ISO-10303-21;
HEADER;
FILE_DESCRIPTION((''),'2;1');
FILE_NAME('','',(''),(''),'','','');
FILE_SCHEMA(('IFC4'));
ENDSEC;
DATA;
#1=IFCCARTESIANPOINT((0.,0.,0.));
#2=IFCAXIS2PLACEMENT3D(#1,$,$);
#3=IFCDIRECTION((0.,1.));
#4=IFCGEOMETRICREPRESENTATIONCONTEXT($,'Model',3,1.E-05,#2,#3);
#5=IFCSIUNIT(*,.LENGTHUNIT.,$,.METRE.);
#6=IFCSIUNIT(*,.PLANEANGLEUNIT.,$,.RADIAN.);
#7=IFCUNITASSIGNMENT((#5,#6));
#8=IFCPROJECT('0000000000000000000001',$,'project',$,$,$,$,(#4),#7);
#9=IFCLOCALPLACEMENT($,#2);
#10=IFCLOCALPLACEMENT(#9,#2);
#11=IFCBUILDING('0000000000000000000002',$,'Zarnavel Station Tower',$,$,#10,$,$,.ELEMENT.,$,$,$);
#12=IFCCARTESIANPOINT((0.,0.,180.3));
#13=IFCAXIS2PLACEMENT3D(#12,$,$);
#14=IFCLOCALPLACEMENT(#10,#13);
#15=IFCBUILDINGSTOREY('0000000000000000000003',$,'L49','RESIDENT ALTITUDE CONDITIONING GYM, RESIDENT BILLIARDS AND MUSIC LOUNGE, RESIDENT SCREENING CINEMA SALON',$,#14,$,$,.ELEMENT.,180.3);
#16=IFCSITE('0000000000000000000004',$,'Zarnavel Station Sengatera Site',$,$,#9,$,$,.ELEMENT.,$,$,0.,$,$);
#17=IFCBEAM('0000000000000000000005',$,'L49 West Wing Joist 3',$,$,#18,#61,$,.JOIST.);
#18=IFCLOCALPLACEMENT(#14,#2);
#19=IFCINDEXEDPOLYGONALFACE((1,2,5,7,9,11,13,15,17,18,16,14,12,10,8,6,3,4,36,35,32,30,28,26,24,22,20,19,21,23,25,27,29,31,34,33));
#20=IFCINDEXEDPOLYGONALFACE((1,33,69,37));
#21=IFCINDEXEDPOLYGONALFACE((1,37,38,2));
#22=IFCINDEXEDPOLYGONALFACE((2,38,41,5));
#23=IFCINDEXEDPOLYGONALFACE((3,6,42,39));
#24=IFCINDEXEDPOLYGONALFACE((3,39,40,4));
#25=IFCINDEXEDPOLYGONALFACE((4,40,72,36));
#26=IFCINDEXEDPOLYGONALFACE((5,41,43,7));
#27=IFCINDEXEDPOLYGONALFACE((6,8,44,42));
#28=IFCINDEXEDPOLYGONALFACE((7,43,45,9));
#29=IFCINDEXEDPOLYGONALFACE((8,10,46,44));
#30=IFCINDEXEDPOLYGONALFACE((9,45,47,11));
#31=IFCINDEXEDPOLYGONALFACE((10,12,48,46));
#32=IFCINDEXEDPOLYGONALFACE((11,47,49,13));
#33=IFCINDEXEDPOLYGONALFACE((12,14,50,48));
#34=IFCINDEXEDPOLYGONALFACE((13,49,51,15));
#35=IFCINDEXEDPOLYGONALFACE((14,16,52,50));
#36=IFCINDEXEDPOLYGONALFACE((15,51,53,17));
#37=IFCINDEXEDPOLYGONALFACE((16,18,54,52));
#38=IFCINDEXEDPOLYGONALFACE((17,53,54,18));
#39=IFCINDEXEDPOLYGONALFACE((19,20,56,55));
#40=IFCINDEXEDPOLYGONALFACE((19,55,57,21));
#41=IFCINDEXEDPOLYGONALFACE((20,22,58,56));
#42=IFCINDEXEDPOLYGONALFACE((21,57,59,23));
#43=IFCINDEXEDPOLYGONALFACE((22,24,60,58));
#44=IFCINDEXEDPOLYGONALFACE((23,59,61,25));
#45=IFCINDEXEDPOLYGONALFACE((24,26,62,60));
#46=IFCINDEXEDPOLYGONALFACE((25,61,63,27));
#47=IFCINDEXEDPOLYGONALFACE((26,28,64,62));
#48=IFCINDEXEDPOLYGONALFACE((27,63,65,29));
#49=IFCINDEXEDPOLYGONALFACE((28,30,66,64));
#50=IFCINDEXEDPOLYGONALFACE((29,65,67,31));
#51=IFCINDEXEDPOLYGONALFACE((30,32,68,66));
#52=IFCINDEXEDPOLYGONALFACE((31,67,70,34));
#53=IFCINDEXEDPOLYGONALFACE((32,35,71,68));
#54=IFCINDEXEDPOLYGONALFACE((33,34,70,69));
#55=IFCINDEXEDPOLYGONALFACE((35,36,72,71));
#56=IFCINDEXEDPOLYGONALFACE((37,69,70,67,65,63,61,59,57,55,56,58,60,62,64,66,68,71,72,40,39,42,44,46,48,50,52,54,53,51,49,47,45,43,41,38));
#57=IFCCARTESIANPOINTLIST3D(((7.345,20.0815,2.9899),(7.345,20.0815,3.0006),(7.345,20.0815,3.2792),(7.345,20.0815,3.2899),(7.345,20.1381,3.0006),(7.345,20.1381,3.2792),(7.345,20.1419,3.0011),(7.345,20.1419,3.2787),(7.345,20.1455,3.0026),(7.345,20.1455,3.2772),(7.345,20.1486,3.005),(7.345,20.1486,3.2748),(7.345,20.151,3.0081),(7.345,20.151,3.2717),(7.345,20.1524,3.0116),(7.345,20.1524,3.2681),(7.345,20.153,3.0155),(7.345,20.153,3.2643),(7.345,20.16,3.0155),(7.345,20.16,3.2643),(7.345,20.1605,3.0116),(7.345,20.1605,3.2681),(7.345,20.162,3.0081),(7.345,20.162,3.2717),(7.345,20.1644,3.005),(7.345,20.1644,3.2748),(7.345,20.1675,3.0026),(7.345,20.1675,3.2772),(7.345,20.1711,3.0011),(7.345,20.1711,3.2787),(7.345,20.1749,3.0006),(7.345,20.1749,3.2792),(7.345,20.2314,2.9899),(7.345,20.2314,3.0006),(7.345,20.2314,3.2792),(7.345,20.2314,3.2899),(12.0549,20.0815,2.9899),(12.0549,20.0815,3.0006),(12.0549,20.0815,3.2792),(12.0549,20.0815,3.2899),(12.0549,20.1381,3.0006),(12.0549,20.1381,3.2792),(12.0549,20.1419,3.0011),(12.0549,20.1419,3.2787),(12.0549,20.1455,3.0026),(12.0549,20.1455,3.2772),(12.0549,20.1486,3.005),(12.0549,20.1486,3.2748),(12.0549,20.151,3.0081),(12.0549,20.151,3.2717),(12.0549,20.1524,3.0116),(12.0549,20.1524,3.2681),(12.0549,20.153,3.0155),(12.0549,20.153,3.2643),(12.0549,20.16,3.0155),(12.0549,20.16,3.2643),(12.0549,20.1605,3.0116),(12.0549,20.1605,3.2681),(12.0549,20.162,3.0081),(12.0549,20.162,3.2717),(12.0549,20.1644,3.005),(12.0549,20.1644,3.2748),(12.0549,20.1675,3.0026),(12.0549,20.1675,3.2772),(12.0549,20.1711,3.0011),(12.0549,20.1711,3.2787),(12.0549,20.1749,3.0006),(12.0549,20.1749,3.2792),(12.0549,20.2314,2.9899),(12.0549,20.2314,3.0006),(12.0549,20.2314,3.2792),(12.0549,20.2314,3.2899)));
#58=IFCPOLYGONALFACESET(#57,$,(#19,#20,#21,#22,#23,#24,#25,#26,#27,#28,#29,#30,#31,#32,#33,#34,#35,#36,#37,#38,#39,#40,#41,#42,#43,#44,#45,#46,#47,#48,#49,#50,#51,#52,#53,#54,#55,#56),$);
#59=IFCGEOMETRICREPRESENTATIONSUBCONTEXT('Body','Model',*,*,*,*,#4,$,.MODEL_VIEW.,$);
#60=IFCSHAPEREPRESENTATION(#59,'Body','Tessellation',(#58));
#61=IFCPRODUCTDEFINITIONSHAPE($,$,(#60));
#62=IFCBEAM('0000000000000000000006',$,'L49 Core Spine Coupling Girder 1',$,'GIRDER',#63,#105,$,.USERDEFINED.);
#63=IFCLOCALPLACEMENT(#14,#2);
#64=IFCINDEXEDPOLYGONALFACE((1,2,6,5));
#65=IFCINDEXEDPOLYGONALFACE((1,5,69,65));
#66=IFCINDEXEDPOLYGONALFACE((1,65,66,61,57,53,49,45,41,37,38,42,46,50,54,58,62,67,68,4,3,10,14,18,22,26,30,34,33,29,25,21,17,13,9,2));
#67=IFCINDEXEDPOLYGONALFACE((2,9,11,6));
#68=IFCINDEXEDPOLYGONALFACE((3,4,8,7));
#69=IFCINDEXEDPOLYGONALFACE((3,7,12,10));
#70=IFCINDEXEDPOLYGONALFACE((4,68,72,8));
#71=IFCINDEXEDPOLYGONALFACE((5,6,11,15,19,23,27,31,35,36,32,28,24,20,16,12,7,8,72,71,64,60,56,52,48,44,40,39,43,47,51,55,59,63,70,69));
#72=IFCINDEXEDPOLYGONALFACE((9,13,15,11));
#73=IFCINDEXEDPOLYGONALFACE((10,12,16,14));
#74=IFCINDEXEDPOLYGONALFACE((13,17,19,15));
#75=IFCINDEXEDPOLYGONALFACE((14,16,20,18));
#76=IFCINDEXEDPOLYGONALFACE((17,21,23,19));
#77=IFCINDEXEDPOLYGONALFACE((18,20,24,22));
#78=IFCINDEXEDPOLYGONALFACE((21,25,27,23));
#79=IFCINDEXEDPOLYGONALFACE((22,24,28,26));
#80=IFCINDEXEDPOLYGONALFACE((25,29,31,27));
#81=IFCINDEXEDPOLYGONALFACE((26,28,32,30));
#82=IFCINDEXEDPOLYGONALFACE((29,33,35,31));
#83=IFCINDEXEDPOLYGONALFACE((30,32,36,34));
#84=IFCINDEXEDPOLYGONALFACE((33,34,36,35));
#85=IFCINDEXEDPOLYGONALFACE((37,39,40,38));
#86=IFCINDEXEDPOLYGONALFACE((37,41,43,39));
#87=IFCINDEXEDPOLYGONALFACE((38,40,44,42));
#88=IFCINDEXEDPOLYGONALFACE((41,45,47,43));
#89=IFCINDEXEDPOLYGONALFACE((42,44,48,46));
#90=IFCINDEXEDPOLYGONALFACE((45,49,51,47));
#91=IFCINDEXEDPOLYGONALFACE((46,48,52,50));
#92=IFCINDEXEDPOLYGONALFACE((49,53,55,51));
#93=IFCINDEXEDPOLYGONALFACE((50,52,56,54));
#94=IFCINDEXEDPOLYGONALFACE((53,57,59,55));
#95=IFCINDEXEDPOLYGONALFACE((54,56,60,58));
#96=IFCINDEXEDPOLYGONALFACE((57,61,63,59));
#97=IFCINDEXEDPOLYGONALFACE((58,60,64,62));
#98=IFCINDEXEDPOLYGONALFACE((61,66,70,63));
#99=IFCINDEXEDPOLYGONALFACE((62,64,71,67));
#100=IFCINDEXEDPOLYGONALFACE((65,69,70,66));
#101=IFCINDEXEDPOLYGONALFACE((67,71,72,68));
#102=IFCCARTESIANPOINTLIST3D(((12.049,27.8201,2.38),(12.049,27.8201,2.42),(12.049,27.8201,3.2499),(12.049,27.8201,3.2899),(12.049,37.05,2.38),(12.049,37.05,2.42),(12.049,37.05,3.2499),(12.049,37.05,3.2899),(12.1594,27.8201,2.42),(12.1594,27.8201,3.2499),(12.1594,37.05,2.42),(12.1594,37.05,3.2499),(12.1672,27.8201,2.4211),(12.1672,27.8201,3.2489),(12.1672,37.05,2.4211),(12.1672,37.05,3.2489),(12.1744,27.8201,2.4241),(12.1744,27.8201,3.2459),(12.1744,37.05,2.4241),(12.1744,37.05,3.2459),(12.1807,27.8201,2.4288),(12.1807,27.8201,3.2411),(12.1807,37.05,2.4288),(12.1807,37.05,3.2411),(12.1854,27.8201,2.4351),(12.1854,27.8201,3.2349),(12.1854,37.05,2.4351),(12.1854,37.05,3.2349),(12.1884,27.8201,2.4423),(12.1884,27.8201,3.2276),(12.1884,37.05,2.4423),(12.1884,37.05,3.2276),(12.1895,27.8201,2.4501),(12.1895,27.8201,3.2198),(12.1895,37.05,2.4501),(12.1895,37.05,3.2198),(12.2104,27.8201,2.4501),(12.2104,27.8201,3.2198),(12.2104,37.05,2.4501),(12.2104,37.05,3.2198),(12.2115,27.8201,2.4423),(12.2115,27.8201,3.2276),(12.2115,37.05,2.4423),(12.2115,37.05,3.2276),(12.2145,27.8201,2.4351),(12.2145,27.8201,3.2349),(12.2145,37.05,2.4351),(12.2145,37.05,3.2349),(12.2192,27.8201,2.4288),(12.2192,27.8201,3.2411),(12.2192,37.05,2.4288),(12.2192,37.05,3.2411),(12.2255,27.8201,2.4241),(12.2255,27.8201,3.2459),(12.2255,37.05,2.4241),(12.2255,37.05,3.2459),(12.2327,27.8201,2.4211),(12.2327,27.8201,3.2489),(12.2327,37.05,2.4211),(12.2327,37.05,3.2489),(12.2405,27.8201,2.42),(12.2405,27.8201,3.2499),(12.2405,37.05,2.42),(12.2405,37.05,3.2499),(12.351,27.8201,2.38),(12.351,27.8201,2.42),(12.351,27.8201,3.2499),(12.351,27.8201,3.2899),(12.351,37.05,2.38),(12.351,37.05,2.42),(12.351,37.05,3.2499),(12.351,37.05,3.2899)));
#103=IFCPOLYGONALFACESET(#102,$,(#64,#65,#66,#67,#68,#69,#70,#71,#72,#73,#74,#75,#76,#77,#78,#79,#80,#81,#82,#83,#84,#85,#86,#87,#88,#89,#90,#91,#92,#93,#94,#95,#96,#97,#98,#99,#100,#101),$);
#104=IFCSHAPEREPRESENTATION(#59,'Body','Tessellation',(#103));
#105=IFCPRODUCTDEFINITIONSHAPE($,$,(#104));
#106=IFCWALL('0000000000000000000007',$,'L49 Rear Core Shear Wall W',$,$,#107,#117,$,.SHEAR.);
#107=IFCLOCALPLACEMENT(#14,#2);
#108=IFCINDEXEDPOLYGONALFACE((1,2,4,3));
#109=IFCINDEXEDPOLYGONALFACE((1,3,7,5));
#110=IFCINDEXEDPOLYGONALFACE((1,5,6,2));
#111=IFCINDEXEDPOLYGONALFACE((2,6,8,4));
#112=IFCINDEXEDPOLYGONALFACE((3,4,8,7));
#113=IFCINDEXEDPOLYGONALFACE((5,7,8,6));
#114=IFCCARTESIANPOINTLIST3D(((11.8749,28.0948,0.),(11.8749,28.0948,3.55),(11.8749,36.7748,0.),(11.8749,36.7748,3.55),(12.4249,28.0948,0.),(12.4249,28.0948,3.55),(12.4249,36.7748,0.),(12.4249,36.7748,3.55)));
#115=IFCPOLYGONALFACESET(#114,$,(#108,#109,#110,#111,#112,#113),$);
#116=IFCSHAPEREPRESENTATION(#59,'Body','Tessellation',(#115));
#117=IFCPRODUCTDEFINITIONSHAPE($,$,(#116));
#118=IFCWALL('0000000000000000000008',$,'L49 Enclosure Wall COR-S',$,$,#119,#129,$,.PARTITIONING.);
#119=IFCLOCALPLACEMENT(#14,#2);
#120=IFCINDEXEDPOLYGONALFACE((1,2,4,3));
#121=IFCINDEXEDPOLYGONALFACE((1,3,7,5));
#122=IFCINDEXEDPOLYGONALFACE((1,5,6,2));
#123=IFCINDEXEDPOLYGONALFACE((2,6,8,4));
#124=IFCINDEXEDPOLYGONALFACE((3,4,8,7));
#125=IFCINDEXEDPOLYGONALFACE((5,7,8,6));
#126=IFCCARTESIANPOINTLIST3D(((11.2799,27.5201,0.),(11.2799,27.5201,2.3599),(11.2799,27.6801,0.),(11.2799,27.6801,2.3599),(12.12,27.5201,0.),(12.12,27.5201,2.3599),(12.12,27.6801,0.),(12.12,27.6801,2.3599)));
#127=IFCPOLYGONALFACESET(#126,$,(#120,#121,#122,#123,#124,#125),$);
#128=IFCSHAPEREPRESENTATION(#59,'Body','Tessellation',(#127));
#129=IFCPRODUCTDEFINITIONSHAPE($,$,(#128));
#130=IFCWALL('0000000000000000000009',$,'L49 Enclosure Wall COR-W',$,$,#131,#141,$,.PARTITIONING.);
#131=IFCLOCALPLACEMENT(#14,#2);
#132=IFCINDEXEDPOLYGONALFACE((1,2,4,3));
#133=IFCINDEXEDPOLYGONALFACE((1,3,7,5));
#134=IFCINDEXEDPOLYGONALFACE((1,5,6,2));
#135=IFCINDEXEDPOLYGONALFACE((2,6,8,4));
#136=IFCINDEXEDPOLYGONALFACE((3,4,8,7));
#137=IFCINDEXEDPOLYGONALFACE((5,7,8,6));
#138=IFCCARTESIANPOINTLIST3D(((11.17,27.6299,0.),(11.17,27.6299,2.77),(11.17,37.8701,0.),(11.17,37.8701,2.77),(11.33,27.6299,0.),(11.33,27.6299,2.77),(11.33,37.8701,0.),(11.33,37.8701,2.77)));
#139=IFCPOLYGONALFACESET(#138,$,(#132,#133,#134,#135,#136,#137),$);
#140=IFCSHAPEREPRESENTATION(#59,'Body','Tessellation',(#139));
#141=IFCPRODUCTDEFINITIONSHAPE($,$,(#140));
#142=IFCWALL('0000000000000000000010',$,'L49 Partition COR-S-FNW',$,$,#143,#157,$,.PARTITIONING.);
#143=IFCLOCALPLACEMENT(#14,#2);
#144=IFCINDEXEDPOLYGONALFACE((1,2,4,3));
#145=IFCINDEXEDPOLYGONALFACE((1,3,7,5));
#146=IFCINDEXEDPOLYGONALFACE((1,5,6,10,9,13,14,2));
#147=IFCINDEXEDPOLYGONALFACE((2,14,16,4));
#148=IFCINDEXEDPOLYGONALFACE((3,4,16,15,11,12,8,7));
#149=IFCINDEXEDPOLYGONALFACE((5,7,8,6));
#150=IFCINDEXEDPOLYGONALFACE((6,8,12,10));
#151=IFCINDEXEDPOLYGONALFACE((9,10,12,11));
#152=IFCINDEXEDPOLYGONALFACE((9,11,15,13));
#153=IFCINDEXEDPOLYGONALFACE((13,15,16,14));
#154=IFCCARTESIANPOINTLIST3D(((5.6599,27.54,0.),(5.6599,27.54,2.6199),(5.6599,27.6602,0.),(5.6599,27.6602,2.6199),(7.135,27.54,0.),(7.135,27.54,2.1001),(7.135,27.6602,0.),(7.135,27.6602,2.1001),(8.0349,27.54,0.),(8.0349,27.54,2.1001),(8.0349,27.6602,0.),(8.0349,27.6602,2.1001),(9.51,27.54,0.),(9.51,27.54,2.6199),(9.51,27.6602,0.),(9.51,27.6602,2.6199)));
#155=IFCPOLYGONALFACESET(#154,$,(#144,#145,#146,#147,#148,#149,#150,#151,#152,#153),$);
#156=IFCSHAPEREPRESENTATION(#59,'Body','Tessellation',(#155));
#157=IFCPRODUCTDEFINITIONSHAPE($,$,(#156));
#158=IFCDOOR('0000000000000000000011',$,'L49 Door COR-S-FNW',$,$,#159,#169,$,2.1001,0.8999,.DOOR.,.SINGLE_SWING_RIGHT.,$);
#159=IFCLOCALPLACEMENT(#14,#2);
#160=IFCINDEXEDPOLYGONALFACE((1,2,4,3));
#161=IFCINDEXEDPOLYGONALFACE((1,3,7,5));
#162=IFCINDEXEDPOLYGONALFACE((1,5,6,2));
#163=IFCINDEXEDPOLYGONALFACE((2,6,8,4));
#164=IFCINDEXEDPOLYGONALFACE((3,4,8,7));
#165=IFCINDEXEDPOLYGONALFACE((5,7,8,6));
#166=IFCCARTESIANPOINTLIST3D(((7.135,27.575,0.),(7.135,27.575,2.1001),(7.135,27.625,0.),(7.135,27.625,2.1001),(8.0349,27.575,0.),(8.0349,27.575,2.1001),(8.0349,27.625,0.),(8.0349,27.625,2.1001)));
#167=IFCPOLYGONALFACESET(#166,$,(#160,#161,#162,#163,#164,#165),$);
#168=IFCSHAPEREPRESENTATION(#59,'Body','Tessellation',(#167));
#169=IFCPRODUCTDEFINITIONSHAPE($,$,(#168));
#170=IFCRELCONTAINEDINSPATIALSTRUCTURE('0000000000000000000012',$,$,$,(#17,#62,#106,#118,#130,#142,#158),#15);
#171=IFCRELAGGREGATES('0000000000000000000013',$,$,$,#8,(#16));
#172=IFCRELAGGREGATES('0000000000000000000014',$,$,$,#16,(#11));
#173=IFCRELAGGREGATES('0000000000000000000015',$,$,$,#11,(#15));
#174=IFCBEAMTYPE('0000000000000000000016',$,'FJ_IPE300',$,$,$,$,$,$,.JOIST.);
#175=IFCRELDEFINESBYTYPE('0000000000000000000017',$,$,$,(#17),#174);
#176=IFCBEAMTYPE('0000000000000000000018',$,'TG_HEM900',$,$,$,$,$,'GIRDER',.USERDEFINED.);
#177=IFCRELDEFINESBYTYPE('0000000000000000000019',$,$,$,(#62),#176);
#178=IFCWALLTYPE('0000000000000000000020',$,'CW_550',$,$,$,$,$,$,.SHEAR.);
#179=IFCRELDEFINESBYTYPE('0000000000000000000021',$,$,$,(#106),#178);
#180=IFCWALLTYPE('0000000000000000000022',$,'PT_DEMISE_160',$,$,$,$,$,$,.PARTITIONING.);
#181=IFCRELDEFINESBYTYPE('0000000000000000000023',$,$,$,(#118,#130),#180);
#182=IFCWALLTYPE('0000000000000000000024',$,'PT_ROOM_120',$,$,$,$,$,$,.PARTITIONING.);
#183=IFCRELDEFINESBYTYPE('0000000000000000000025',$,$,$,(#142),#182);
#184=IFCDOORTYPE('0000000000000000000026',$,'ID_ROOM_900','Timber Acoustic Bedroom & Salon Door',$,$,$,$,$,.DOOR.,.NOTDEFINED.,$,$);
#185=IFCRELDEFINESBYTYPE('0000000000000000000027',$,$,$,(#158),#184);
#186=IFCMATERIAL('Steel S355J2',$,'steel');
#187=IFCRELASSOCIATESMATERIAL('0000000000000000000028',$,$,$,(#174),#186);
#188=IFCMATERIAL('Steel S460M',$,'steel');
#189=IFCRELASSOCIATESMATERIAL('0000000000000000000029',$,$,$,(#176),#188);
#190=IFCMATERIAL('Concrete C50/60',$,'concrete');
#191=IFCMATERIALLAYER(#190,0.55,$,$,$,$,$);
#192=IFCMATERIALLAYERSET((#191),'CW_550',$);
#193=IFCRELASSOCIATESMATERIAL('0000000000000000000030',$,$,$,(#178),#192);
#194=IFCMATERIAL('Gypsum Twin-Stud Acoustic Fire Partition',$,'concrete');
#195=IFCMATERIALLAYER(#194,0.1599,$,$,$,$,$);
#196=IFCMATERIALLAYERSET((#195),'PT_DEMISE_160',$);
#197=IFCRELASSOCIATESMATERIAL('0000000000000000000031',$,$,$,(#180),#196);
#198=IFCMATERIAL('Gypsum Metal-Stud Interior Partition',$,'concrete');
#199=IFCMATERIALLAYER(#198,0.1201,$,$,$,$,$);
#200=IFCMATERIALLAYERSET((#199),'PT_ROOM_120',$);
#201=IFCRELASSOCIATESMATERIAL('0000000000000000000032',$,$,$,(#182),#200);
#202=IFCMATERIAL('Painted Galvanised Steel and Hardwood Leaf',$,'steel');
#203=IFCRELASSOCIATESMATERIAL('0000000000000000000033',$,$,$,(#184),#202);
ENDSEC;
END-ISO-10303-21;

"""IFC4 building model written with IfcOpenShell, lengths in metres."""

from ifc_helpers import new_model, si_unit, direction, frame, frame_2d, origin, origin_2d, place, context, subcontext, project, spatial, rectangle, i_section, extrude, material, layer, layer_set, material_profile, profile_set, type_object, element, fill, save


model = new_model("IFC4")

# Units and contexts
model_context = context("Model", 3, precision=1e-05, world=origin(), true_north=direction((0.0, 1.0)))
body_context = subcontext(model_context, "Body", "Model", "MODEL_VIEW")
ifc_project = project(units=[si_unit("LENGTHUNIT", "METRE"), si_unit("PLANEANGLEUNIT", "RADIAN")], contexts=[model_context])

# Site, building, storey
site_placement = place(None, origin())
site = spatial("IfcSite", under=ifc_project, at=site_placement, Name="Zarnavel Station Sengatera Site", CompositionType="ELEMENT", RefElevation=0.0)
building_placement = place(site_placement, origin())
building = spatial("IfcBuilding", under=site, at=building_placement, Name="Zarnavel Station Tower", CompositionType="ELEMENT")
storey_placement = place(building_placement, frame((0.0, 0.0, 180.3)))
storey = spatial("IfcBuildingStorey", under=building, at=storey_placement, Name="L49", Description="RESIDENT ALTITUDE CONDITIONING GYM, RESIDENT BILLIARDS AND MUSIC LOUNGE, RESIDENT SCREENING CINEMA SALON", CompositionType="ELEMENT", Elevation=180.3)

# Beams
ifc_material_1 = material(Name="Steel S355J2", Category="steel")
ifc_material_profile_1 = material_profile(ifc_material_1, i_section(OverallWidth=0.1499, OverallDepth=0.3, WebThickness=0.0071, FlangeThickness=0.0107, FilletRadius=0.0149, at=origin_2d()), Name="IPE300")
ifc_profile_set_1 = profile_set([ifc_material_profile_1], Name="Steel S355J2")
beam_type_1 = type_object("IfcBeamType", Name="FJ_IPE300", PredefinedType="JOIST", material=ifc_profile_set_1)
beam_1_placement = place(storey_placement, frame((7.345, 20.1565, 3.1399), z_axis=(1.0, 0.0, 0.0), x_axis=(0.0, 1.0, 0.0)))
element("IfcBeam", 1, at=beam_1_placement, inside=storey, type_object=beam_type_1, Name="L49 West Wing Joist 3", PredefinedType="JOIST", context=body_context, shape_type="SweptSolid", body=[
    extrude(i_section(OverallWidth=0.1499, OverallDepth=0.3, WebThickness=0.0071, FlangeThickness=0.0107, FilletRadius=0.0149, at=origin_2d()), origin(), (0.0, 0.0, 1.0), 4.71),
])
ifc_material_2 = material(Name="Steel S460M", Category="steel")
ifc_material_profile_2 = material_profile(ifc_material_2, i_section(OverallWidth=0.302, OverallDepth=0.9099, WebThickness=0.021, FlangeThickness=0.04, FilletRadius=0.03, at=origin_2d()), Name="HEM900")
ifc_profile_set_2 = profile_set([ifc_material_profile_2], Name="Steel S460M")
beam_type_2 = type_object("IfcBeamType", Name="TG_HEM900", ElementType="GIRDER", PredefinedType="USERDEFINED", material=ifc_profile_set_2)
beam_2_placement = place(storey_placement, frame((12.2, 27.8201, 2.835), z_axis=(0.0, 1.0, 0.0), x_axis=(-1.0, 0.0, 0.0)))
element("IfcBeam", 2, at=beam_2_placement, inside=storey, type_object=beam_type_2, Name="L49 Core Spine Coupling Girder 1", ObjectType="GIRDER", PredefinedType="USERDEFINED", context=body_context, shape_type="SweptSolid", body=[
    extrude(i_section(OverallWidth=0.302, OverallDepth=0.9099, WebThickness=0.021, FlangeThickness=0.04, FilletRadius=0.03, at=origin_2d()), origin(), (0.0, 0.0, 1.0), 9.23),
])

# Walls
ifc_material_3 = material(Name="Concrete C50/60", Category="concrete")
ifc_layer_1 = layer(ifc_material_3, 0.55)
ifc_layer_set_1 = layer_set([ifc_layer_1], Name="CW_550")
wall_type_1 = type_object("IfcWallType", Name="CW_550", PredefinedType="SHEAR", material=ifc_layer_set_1)
wall_1_placement = place(storey_placement, frame((12.1499, 28.095, 0.0), z_axis=(0.0, 0.0, 1.0), x_axis=(0.0, 1.0, 0.0)))
element("IfcWall", 3, at=wall_1_placement, inside=storey, type_object=wall_type_1, Name="L49 Rear Core Shear Wall W", PredefinedType="SHEAR", context=body_context, shape_type="SweptSolid", body=[
    extrude(rectangle(XDim=8.6799, YDim=0.55, at=frame_2d((4.3398, 0.0))), origin(), (0.0, 0.0, 1.0), 3.55),
])
ifc_material_4 = material(Name="Gypsum Twin-Stud Acoustic Fire Partition", Category="concrete")
ifc_layer_2 = layer(ifc_material_4, 0.1599)
ifc_layer_set_2 = layer_set([ifc_layer_2], Name="PT_DEMISE_160")
wall_type_2 = type_object("IfcWallType", Name="PT_DEMISE_160", PredefinedType="PARTITIONING", material=ifc_layer_set_2)
wall_2_placement = place(storey_placement, frame((11.28, 27.6001, 0.0), z_axis=(0.0, 0.0, 1.0), x_axis=(1.0, 0.0, 0.0)))
element("IfcWall", 4, at=wall_2_placement, inside=storey, type_object=wall_type_2, Name="L49 Enclosure Wall COR-S", PredefinedType="PARTITIONING", context=body_context, shape_type="SweptSolid", body=[
    extrude(rectangle(XDim=0.8401, YDim=0.1599, at=frame_2d((0.4199, 0.0))), origin(), (0.0, 0.0, 1.0), 2.3599),
])
wall_3_placement = place(storey_placement, frame((11.25, 27.6299, 0.0), z_axis=(0.0, 0.0, 1.0), x_axis=(0.0, 1.0, 0.0)))
element("IfcWall", 5, at=wall_3_placement, inside=storey, type_object=wall_type_2, Name="L49 Enclosure Wall COR-W", PredefinedType="PARTITIONING", context=body_context, shape_type="SweptSolid", body=[
    extrude(rectangle(XDim=10.2402, YDim=0.1599, at=frame_2d((5.1201, 0.0))), origin(), (0.0, 0.0, 1.0), 2.77),
])

# Wall, opening, door
ifc_material_5 = material(Name="Gypsum Metal-Stud Interior Partition", Category="concrete")
ifc_layer_3 = layer(ifc_material_5, 0.1201)
ifc_layer_set_3 = layer_set([ifc_layer_3], Name="PT_ROOM_120")
wall_type_3 = type_object("IfcWallType", Name="PT_ROOM_120", PredefinedType="PARTITIONING", material=ifc_layer_set_3)
wall_4_placement = place(storey_placement, frame((5.6599, 27.6001, 0.0), z_axis=(0.0, 0.0, 1.0), x_axis=(1.0, 0.0, 0.0)))
wall_4 = element("IfcWall", 6, at=wall_4_placement, inside=storey, type_object=wall_type_3, Name="L49 Partition COR-S-FNW", PredefinedType="PARTITIONING", context=body_context, shape_type="SweptSolid", body=[
    extrude(rectangle(XDim=3.8501, YDim=0.1201, at=frame_2d((1.925, 0.0))), origin(), (0.0, 0.0, 1.0), 2.6199),
])
opening_1_placement = place(wall_4_placement, frame((1.4751, 0.0, 0.0)))
opening_1 = element("IfcOpeningElement", 7, at=opening_1_placement, cuts=wall_4, PredefinedType="OPENING", context=body_context, shape_type="SweptSolid", body=[
    extrude(rectangle(XDim=0.8999, YDim=2.1001, at=frame_2d((0.45, 1.05))), frame((0.0, 0.0701, 0.0), z_axis=(0.0, -1.0, 0.0), x_axis=(1.0, 0.0, 0.0)), (0.0, 0.0, 1.0), 0.1401),
])
ifc_material_6 = material(Name="Painted Galvanised Steel and Hardwood Leaf", Category="steel")
door_type = type_object("IfcDoorType", Name="ID_ROOM_900", Description="Timber Acoustic Bedroom & Salon Door", OperationType="NOTDEFINED", PredefinedType="DOOR", material=ifc_material_6)
door_1_placement = place(opening_1_placement, origin())
door_1 = element("IfcDoor", 8, at=door_1_placement, inside=storey, type_object=door_type, Name="L49 Door COR-S-FNW", OperationType="SINGLE_SWING_RIGHT", OverallHeight=2.1001, OverallWidth=0.8999, PredefinedType="DOOR", context=body_context, shape_type="SweptSolid", body=[
    extrude(rectangle(XDim=0.8999, YDim=2.1001, at=frame_2d((0.45, 1.05))), frame((0.0, 0.0249, 0.0), z_axis=(0.0, -1.0, 0.0), x_axis=(1.0, 0.0, 0.0)), (0.0, 0.0, 1.0), 0.05),
])
fill(opening_1, door_1)

save(model, "model.ifc")
